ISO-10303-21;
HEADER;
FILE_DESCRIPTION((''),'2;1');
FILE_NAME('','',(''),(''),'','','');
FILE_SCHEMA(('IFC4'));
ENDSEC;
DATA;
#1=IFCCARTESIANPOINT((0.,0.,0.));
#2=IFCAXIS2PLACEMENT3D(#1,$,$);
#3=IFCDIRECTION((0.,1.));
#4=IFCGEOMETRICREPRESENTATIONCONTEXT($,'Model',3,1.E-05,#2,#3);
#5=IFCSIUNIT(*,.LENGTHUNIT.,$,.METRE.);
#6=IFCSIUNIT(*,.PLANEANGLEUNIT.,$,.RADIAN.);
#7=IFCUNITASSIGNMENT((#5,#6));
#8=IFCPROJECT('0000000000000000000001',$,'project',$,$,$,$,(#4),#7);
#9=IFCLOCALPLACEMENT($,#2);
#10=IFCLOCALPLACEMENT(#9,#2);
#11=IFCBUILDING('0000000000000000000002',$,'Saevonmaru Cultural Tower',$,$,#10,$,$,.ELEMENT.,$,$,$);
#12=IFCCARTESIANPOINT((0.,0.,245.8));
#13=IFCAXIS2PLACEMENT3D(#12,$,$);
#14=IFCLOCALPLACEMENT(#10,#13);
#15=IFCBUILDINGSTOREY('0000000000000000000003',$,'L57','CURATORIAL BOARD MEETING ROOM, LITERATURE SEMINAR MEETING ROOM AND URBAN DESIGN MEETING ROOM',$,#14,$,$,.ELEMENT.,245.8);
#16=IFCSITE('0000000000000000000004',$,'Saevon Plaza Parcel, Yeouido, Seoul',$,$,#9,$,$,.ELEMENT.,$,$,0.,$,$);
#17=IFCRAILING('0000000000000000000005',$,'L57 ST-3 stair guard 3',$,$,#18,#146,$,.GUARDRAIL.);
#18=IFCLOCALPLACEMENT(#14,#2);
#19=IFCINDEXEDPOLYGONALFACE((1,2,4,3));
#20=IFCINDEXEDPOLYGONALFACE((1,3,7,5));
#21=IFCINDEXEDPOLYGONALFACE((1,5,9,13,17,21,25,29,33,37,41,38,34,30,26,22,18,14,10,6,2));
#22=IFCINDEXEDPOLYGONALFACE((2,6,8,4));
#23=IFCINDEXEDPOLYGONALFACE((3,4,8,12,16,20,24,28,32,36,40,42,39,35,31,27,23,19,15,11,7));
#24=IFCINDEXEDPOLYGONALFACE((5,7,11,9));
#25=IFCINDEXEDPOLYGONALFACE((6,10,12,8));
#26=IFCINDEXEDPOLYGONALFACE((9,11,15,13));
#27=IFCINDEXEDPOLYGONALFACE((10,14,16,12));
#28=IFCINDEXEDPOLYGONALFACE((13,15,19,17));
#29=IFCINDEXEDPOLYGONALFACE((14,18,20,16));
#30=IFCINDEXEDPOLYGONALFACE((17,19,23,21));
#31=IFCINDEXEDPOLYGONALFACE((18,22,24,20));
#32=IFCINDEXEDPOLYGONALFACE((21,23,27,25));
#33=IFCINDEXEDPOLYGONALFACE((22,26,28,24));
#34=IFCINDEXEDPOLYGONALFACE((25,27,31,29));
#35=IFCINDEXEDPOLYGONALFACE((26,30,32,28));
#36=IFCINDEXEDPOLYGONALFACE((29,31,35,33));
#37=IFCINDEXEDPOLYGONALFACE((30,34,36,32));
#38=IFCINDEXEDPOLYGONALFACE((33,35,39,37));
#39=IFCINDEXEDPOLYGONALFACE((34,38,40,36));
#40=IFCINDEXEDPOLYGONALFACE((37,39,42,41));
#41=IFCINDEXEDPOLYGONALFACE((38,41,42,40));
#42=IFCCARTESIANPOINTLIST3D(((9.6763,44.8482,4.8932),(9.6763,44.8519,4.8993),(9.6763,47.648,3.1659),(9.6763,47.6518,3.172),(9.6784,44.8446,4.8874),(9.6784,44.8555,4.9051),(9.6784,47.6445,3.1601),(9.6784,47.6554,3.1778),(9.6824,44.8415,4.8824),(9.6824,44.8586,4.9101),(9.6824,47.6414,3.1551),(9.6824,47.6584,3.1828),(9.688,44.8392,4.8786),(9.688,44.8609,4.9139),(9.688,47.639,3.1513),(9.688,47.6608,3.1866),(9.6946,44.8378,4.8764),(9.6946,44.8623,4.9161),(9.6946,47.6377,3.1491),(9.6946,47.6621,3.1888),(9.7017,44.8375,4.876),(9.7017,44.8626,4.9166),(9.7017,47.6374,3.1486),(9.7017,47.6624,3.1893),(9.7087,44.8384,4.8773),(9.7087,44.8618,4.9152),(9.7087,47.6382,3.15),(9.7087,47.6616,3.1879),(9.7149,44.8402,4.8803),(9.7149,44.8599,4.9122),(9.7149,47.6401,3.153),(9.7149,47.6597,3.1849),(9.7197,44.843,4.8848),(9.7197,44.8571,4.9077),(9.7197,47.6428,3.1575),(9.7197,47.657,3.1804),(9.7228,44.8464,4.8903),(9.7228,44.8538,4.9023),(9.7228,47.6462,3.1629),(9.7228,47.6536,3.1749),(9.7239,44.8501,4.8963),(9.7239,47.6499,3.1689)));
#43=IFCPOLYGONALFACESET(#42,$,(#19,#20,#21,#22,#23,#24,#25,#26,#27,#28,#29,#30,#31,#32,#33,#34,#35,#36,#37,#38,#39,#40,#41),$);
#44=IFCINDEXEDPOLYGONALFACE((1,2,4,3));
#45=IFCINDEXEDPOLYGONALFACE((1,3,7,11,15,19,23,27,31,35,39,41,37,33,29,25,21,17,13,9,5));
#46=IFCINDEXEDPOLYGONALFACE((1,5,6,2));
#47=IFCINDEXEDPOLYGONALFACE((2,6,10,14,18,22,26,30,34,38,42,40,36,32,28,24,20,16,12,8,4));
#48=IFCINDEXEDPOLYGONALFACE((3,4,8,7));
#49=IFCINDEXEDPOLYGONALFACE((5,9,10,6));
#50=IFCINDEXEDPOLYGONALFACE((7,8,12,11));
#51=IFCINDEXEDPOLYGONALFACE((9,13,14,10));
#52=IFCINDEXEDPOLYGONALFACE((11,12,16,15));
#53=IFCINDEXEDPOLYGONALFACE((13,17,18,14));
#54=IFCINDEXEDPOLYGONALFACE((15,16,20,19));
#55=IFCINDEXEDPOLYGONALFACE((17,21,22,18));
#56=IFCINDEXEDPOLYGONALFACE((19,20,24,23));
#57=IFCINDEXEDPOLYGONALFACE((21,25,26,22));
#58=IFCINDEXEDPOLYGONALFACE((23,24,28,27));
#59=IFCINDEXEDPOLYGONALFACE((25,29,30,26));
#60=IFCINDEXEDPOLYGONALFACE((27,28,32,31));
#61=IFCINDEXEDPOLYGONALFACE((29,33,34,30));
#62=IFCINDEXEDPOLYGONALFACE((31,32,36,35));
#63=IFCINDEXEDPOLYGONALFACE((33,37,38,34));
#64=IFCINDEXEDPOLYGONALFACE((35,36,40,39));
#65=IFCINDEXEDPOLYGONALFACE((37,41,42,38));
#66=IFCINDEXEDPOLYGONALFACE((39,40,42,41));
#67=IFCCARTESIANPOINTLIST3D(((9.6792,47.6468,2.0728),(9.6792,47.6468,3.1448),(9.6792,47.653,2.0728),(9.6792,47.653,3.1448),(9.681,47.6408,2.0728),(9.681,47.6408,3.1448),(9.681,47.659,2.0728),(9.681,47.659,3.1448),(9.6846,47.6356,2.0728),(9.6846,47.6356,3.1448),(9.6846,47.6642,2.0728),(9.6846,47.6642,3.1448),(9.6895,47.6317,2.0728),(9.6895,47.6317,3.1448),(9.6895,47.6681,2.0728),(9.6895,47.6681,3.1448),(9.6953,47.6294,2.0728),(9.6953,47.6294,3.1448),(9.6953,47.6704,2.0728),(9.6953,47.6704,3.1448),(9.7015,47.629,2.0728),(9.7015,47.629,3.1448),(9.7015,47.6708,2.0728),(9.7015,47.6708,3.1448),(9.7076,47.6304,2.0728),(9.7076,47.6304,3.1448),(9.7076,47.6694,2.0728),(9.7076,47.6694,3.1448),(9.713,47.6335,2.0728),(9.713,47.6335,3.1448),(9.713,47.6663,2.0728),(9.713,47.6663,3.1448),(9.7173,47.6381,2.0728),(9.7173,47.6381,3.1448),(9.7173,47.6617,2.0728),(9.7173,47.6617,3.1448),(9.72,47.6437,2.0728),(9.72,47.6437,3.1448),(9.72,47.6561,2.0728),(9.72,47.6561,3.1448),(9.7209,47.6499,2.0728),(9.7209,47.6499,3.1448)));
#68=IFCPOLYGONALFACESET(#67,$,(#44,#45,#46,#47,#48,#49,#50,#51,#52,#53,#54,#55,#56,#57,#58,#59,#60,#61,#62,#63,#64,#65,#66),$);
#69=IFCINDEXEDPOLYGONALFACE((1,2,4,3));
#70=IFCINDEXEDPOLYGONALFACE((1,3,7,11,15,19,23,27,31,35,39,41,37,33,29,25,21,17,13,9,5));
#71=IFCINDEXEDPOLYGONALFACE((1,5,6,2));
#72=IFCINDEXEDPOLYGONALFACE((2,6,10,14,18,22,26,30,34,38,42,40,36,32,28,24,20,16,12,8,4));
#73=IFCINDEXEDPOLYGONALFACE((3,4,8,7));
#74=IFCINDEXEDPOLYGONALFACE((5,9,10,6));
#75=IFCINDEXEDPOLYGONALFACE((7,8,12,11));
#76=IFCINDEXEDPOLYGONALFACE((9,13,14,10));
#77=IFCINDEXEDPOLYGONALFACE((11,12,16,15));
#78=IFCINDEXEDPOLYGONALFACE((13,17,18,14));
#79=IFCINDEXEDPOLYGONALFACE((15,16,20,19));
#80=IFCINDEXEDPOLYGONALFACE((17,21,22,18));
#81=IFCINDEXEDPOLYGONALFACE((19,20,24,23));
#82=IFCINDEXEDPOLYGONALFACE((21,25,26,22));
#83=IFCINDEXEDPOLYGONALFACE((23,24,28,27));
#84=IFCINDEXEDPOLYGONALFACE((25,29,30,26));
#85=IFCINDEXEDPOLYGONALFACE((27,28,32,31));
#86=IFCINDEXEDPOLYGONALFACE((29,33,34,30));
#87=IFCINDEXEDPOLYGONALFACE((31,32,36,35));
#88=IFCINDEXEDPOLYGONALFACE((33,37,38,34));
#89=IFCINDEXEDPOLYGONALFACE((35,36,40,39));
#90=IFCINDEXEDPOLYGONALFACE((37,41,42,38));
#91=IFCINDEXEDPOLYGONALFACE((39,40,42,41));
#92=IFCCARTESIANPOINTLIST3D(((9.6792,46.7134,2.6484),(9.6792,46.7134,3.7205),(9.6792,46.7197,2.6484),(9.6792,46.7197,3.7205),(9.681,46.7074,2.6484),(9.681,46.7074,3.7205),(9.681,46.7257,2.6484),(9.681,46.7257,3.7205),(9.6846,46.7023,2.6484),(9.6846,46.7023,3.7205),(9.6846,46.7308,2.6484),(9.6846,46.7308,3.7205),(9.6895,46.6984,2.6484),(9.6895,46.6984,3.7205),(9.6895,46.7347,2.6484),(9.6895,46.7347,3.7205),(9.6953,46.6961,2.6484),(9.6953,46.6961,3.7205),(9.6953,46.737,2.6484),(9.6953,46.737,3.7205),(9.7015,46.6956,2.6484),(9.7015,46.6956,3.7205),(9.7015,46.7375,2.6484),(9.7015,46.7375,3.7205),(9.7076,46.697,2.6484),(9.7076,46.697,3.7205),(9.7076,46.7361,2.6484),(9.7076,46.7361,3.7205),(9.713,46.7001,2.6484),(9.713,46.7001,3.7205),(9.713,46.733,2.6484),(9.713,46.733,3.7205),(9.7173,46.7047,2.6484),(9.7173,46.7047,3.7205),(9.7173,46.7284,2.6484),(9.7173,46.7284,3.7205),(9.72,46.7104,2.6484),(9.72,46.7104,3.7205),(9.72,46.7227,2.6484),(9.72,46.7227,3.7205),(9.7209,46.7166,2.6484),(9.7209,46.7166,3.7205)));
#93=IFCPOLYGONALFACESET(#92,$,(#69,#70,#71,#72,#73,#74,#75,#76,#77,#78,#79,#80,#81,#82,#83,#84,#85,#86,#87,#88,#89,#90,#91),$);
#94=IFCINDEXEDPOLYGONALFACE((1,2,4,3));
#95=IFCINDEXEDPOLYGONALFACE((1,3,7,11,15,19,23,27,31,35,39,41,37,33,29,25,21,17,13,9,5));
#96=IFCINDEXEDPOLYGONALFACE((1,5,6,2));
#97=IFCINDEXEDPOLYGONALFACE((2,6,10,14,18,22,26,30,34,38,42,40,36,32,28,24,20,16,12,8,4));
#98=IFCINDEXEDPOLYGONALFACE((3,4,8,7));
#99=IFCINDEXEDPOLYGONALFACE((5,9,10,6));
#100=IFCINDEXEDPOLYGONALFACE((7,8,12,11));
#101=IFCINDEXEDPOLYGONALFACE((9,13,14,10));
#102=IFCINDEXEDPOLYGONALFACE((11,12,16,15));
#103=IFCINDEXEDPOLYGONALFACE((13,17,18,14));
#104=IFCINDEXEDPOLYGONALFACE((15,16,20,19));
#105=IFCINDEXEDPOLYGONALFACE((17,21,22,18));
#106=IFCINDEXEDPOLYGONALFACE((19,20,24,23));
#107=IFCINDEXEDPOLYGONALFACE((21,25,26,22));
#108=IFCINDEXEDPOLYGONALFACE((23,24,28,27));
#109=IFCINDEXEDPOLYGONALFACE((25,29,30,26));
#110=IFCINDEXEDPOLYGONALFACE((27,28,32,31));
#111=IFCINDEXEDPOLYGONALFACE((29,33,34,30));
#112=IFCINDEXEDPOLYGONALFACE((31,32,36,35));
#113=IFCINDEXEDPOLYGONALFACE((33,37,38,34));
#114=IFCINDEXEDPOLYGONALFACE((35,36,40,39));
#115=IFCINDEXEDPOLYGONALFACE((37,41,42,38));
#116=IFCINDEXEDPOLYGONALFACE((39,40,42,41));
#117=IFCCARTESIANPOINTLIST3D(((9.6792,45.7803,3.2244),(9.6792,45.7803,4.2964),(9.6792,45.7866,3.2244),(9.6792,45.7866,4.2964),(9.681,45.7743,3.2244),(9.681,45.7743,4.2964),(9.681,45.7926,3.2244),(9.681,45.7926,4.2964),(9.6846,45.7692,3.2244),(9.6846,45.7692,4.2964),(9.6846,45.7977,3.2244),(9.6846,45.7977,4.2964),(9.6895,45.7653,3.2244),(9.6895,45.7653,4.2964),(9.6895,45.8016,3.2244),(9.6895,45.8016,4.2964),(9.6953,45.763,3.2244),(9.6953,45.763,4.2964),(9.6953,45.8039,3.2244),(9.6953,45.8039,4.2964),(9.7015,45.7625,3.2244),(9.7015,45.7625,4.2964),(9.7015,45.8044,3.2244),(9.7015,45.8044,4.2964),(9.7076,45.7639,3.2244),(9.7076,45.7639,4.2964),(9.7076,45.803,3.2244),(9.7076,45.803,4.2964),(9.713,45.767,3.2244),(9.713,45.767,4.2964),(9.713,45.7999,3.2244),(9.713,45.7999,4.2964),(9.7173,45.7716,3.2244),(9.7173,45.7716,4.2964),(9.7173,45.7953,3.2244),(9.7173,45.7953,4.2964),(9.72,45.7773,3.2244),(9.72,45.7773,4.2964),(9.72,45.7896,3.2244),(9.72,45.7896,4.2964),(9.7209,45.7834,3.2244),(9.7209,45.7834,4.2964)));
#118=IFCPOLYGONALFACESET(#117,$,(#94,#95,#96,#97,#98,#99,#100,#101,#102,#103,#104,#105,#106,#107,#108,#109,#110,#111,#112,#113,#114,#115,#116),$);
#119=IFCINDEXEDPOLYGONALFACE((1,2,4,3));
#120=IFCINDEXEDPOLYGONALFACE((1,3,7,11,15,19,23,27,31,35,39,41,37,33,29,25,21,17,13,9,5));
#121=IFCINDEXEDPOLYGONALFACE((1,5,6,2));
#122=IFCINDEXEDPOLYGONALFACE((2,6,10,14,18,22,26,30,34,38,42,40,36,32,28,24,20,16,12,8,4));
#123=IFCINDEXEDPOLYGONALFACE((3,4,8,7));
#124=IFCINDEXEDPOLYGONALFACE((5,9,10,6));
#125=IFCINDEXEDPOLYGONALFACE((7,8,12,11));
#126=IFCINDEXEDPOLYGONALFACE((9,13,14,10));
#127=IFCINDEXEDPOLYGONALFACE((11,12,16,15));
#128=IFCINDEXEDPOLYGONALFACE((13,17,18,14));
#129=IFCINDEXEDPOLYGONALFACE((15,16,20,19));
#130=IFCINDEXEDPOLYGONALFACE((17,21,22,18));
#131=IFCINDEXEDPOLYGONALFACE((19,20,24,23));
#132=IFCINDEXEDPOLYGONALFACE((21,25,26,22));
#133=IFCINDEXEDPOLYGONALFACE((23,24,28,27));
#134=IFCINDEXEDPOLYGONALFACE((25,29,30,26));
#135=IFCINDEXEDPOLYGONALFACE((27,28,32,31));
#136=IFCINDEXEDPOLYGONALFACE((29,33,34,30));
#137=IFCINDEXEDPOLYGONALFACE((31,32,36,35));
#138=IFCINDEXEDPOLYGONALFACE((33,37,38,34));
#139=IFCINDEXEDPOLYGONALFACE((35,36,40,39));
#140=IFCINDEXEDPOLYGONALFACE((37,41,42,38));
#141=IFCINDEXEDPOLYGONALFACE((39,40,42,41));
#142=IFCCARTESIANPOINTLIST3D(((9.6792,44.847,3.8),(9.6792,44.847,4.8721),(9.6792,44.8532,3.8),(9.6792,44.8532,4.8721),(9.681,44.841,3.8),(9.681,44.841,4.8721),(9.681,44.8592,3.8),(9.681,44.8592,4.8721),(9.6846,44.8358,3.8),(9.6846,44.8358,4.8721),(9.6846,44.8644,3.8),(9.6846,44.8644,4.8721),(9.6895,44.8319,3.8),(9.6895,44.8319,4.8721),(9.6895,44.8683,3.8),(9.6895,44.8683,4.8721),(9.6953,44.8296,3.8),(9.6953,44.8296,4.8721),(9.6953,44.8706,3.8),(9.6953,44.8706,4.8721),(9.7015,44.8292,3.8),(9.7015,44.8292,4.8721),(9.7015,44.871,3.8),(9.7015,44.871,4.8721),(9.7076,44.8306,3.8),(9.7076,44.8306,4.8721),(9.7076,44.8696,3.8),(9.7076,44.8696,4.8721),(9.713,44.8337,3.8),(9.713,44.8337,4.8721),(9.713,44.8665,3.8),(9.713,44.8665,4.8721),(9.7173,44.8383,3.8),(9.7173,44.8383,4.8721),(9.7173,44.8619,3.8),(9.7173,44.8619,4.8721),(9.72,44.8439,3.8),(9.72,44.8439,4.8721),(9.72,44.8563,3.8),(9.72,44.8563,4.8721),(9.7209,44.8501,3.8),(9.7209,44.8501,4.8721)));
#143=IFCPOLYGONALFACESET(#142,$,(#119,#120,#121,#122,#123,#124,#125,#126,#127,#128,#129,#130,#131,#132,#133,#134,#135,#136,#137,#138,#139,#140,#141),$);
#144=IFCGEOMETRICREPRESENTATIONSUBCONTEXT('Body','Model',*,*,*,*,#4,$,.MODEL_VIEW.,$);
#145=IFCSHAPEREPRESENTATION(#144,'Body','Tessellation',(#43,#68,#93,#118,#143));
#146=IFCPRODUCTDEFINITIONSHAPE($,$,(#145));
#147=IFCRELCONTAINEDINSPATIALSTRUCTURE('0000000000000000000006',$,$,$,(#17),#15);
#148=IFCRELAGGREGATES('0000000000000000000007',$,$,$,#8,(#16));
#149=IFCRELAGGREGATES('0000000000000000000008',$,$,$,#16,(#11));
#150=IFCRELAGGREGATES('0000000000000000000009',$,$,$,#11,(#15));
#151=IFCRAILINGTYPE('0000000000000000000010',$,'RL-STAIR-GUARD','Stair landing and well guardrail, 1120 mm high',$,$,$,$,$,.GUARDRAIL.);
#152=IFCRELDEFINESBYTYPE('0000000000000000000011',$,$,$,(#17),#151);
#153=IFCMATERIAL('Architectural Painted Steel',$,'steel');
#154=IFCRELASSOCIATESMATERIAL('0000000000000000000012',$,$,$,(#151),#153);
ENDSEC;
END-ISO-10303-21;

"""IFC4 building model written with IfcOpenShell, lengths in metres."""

from ifc_helpers import new_model, si_unit, direction, frame, origin, origin_2d, place, context, subcontext, project, spatial, circle, extrude, material, type_object, element, save


model = new_model("IFC4")

# Units and contexts
model_context = context("Model", 3, precision=1e-05, world=origin(), true_north=direction((0.0, 1.0)))
body_context = subcontext(model_context, "Body", "Model", "MODEL_VIEW")
ifc_project = project(units=[si_unit("LENGTHUNIT", "METRE"), si_unit("PLANEANGLEUNIT", "RADIAN")], contexts=[model_context])

# Site, building, storey
site_placement = place(None, origin())
site = spatial("IfcSite", under=ifc_project, at=site_placement, Name="Saevon Plaza Parcel, Yeouido, Seoul", CompositionType="ELEMENT", RefElevation=0.0)
building_placement = place(site_placement, origin())
building = spatial("IfcBuilding", under=site, at=building_placement, Name="Saevonmaru Cultural Tower", CompositionType="ELEMENT")
storey_placement = place(building_placement, frame((0.0, 0.0, 245.8)))
storey = spatial("IfcBuildingStorey", under=building, at=storey_placement, Name="L57", Description="CURATORIAL BOARD MEETING ROOM, LITERATURE SEMINAR MEETING ROOM AND URBAN DESIGN MEETING ROOM", CompositionType="ELEMENT", Elevation=245.8)

# Railing
ifc_material_1 = material(Name="Architectural Painted Steel", Category="steel")
railing_type_1 = type_object("IfcRailingType", Name="RL-STAIR-GUARD", Description="Stair landing and well guardrail, 1120 mm high", PredefinedType="GUARDRAIL", material=ifc_material_1)
railing_1_placement = place(storey_placement, frame((9.7, 47.6499, 2.0728)))
element("IfcRailing", 1, at=railing_1_placement, inside=storey, type_object=railing_type_1, Name="L57 ST-3 stair guard 3", PredefinedType="GUARDRAIL", context=body_context, shape_type="SweptSolid", body=[
    extrude(circle(Radius=0.0239, at=origin_2d()), frame((0.0, 0.0, 1.0962), z_axis=(0.0, -0.851069, 0.525054), x_axis=(1.0, 0.0, 0.0)), (0.0, 0.0, 1.0), 3.2898),
    extrude(circle(Radius=0.021, at=origin_2d()), origin(), (0.0, 0.0, 1.0), 1.072),
    extrude(circle(Radius=0.021, at=origin_2d()), frame((0.0, -0.9333, 0.5757)), (0.0, 0.0, 1.0), 1.072),
    extrude(circle(Radius=0.021, at=origin_2d()), frame((0.0, -1.8665, 1.1516)), (0.0, 0.0, 1.0), 1.072),
    extrude(circle(Radius=0.021, at=origin_2d()), frame((0.0, -2.7998, 1.7273)), (0.0, 0.0, 1.0), 1.072),
])

save(model, "model.ifc")
